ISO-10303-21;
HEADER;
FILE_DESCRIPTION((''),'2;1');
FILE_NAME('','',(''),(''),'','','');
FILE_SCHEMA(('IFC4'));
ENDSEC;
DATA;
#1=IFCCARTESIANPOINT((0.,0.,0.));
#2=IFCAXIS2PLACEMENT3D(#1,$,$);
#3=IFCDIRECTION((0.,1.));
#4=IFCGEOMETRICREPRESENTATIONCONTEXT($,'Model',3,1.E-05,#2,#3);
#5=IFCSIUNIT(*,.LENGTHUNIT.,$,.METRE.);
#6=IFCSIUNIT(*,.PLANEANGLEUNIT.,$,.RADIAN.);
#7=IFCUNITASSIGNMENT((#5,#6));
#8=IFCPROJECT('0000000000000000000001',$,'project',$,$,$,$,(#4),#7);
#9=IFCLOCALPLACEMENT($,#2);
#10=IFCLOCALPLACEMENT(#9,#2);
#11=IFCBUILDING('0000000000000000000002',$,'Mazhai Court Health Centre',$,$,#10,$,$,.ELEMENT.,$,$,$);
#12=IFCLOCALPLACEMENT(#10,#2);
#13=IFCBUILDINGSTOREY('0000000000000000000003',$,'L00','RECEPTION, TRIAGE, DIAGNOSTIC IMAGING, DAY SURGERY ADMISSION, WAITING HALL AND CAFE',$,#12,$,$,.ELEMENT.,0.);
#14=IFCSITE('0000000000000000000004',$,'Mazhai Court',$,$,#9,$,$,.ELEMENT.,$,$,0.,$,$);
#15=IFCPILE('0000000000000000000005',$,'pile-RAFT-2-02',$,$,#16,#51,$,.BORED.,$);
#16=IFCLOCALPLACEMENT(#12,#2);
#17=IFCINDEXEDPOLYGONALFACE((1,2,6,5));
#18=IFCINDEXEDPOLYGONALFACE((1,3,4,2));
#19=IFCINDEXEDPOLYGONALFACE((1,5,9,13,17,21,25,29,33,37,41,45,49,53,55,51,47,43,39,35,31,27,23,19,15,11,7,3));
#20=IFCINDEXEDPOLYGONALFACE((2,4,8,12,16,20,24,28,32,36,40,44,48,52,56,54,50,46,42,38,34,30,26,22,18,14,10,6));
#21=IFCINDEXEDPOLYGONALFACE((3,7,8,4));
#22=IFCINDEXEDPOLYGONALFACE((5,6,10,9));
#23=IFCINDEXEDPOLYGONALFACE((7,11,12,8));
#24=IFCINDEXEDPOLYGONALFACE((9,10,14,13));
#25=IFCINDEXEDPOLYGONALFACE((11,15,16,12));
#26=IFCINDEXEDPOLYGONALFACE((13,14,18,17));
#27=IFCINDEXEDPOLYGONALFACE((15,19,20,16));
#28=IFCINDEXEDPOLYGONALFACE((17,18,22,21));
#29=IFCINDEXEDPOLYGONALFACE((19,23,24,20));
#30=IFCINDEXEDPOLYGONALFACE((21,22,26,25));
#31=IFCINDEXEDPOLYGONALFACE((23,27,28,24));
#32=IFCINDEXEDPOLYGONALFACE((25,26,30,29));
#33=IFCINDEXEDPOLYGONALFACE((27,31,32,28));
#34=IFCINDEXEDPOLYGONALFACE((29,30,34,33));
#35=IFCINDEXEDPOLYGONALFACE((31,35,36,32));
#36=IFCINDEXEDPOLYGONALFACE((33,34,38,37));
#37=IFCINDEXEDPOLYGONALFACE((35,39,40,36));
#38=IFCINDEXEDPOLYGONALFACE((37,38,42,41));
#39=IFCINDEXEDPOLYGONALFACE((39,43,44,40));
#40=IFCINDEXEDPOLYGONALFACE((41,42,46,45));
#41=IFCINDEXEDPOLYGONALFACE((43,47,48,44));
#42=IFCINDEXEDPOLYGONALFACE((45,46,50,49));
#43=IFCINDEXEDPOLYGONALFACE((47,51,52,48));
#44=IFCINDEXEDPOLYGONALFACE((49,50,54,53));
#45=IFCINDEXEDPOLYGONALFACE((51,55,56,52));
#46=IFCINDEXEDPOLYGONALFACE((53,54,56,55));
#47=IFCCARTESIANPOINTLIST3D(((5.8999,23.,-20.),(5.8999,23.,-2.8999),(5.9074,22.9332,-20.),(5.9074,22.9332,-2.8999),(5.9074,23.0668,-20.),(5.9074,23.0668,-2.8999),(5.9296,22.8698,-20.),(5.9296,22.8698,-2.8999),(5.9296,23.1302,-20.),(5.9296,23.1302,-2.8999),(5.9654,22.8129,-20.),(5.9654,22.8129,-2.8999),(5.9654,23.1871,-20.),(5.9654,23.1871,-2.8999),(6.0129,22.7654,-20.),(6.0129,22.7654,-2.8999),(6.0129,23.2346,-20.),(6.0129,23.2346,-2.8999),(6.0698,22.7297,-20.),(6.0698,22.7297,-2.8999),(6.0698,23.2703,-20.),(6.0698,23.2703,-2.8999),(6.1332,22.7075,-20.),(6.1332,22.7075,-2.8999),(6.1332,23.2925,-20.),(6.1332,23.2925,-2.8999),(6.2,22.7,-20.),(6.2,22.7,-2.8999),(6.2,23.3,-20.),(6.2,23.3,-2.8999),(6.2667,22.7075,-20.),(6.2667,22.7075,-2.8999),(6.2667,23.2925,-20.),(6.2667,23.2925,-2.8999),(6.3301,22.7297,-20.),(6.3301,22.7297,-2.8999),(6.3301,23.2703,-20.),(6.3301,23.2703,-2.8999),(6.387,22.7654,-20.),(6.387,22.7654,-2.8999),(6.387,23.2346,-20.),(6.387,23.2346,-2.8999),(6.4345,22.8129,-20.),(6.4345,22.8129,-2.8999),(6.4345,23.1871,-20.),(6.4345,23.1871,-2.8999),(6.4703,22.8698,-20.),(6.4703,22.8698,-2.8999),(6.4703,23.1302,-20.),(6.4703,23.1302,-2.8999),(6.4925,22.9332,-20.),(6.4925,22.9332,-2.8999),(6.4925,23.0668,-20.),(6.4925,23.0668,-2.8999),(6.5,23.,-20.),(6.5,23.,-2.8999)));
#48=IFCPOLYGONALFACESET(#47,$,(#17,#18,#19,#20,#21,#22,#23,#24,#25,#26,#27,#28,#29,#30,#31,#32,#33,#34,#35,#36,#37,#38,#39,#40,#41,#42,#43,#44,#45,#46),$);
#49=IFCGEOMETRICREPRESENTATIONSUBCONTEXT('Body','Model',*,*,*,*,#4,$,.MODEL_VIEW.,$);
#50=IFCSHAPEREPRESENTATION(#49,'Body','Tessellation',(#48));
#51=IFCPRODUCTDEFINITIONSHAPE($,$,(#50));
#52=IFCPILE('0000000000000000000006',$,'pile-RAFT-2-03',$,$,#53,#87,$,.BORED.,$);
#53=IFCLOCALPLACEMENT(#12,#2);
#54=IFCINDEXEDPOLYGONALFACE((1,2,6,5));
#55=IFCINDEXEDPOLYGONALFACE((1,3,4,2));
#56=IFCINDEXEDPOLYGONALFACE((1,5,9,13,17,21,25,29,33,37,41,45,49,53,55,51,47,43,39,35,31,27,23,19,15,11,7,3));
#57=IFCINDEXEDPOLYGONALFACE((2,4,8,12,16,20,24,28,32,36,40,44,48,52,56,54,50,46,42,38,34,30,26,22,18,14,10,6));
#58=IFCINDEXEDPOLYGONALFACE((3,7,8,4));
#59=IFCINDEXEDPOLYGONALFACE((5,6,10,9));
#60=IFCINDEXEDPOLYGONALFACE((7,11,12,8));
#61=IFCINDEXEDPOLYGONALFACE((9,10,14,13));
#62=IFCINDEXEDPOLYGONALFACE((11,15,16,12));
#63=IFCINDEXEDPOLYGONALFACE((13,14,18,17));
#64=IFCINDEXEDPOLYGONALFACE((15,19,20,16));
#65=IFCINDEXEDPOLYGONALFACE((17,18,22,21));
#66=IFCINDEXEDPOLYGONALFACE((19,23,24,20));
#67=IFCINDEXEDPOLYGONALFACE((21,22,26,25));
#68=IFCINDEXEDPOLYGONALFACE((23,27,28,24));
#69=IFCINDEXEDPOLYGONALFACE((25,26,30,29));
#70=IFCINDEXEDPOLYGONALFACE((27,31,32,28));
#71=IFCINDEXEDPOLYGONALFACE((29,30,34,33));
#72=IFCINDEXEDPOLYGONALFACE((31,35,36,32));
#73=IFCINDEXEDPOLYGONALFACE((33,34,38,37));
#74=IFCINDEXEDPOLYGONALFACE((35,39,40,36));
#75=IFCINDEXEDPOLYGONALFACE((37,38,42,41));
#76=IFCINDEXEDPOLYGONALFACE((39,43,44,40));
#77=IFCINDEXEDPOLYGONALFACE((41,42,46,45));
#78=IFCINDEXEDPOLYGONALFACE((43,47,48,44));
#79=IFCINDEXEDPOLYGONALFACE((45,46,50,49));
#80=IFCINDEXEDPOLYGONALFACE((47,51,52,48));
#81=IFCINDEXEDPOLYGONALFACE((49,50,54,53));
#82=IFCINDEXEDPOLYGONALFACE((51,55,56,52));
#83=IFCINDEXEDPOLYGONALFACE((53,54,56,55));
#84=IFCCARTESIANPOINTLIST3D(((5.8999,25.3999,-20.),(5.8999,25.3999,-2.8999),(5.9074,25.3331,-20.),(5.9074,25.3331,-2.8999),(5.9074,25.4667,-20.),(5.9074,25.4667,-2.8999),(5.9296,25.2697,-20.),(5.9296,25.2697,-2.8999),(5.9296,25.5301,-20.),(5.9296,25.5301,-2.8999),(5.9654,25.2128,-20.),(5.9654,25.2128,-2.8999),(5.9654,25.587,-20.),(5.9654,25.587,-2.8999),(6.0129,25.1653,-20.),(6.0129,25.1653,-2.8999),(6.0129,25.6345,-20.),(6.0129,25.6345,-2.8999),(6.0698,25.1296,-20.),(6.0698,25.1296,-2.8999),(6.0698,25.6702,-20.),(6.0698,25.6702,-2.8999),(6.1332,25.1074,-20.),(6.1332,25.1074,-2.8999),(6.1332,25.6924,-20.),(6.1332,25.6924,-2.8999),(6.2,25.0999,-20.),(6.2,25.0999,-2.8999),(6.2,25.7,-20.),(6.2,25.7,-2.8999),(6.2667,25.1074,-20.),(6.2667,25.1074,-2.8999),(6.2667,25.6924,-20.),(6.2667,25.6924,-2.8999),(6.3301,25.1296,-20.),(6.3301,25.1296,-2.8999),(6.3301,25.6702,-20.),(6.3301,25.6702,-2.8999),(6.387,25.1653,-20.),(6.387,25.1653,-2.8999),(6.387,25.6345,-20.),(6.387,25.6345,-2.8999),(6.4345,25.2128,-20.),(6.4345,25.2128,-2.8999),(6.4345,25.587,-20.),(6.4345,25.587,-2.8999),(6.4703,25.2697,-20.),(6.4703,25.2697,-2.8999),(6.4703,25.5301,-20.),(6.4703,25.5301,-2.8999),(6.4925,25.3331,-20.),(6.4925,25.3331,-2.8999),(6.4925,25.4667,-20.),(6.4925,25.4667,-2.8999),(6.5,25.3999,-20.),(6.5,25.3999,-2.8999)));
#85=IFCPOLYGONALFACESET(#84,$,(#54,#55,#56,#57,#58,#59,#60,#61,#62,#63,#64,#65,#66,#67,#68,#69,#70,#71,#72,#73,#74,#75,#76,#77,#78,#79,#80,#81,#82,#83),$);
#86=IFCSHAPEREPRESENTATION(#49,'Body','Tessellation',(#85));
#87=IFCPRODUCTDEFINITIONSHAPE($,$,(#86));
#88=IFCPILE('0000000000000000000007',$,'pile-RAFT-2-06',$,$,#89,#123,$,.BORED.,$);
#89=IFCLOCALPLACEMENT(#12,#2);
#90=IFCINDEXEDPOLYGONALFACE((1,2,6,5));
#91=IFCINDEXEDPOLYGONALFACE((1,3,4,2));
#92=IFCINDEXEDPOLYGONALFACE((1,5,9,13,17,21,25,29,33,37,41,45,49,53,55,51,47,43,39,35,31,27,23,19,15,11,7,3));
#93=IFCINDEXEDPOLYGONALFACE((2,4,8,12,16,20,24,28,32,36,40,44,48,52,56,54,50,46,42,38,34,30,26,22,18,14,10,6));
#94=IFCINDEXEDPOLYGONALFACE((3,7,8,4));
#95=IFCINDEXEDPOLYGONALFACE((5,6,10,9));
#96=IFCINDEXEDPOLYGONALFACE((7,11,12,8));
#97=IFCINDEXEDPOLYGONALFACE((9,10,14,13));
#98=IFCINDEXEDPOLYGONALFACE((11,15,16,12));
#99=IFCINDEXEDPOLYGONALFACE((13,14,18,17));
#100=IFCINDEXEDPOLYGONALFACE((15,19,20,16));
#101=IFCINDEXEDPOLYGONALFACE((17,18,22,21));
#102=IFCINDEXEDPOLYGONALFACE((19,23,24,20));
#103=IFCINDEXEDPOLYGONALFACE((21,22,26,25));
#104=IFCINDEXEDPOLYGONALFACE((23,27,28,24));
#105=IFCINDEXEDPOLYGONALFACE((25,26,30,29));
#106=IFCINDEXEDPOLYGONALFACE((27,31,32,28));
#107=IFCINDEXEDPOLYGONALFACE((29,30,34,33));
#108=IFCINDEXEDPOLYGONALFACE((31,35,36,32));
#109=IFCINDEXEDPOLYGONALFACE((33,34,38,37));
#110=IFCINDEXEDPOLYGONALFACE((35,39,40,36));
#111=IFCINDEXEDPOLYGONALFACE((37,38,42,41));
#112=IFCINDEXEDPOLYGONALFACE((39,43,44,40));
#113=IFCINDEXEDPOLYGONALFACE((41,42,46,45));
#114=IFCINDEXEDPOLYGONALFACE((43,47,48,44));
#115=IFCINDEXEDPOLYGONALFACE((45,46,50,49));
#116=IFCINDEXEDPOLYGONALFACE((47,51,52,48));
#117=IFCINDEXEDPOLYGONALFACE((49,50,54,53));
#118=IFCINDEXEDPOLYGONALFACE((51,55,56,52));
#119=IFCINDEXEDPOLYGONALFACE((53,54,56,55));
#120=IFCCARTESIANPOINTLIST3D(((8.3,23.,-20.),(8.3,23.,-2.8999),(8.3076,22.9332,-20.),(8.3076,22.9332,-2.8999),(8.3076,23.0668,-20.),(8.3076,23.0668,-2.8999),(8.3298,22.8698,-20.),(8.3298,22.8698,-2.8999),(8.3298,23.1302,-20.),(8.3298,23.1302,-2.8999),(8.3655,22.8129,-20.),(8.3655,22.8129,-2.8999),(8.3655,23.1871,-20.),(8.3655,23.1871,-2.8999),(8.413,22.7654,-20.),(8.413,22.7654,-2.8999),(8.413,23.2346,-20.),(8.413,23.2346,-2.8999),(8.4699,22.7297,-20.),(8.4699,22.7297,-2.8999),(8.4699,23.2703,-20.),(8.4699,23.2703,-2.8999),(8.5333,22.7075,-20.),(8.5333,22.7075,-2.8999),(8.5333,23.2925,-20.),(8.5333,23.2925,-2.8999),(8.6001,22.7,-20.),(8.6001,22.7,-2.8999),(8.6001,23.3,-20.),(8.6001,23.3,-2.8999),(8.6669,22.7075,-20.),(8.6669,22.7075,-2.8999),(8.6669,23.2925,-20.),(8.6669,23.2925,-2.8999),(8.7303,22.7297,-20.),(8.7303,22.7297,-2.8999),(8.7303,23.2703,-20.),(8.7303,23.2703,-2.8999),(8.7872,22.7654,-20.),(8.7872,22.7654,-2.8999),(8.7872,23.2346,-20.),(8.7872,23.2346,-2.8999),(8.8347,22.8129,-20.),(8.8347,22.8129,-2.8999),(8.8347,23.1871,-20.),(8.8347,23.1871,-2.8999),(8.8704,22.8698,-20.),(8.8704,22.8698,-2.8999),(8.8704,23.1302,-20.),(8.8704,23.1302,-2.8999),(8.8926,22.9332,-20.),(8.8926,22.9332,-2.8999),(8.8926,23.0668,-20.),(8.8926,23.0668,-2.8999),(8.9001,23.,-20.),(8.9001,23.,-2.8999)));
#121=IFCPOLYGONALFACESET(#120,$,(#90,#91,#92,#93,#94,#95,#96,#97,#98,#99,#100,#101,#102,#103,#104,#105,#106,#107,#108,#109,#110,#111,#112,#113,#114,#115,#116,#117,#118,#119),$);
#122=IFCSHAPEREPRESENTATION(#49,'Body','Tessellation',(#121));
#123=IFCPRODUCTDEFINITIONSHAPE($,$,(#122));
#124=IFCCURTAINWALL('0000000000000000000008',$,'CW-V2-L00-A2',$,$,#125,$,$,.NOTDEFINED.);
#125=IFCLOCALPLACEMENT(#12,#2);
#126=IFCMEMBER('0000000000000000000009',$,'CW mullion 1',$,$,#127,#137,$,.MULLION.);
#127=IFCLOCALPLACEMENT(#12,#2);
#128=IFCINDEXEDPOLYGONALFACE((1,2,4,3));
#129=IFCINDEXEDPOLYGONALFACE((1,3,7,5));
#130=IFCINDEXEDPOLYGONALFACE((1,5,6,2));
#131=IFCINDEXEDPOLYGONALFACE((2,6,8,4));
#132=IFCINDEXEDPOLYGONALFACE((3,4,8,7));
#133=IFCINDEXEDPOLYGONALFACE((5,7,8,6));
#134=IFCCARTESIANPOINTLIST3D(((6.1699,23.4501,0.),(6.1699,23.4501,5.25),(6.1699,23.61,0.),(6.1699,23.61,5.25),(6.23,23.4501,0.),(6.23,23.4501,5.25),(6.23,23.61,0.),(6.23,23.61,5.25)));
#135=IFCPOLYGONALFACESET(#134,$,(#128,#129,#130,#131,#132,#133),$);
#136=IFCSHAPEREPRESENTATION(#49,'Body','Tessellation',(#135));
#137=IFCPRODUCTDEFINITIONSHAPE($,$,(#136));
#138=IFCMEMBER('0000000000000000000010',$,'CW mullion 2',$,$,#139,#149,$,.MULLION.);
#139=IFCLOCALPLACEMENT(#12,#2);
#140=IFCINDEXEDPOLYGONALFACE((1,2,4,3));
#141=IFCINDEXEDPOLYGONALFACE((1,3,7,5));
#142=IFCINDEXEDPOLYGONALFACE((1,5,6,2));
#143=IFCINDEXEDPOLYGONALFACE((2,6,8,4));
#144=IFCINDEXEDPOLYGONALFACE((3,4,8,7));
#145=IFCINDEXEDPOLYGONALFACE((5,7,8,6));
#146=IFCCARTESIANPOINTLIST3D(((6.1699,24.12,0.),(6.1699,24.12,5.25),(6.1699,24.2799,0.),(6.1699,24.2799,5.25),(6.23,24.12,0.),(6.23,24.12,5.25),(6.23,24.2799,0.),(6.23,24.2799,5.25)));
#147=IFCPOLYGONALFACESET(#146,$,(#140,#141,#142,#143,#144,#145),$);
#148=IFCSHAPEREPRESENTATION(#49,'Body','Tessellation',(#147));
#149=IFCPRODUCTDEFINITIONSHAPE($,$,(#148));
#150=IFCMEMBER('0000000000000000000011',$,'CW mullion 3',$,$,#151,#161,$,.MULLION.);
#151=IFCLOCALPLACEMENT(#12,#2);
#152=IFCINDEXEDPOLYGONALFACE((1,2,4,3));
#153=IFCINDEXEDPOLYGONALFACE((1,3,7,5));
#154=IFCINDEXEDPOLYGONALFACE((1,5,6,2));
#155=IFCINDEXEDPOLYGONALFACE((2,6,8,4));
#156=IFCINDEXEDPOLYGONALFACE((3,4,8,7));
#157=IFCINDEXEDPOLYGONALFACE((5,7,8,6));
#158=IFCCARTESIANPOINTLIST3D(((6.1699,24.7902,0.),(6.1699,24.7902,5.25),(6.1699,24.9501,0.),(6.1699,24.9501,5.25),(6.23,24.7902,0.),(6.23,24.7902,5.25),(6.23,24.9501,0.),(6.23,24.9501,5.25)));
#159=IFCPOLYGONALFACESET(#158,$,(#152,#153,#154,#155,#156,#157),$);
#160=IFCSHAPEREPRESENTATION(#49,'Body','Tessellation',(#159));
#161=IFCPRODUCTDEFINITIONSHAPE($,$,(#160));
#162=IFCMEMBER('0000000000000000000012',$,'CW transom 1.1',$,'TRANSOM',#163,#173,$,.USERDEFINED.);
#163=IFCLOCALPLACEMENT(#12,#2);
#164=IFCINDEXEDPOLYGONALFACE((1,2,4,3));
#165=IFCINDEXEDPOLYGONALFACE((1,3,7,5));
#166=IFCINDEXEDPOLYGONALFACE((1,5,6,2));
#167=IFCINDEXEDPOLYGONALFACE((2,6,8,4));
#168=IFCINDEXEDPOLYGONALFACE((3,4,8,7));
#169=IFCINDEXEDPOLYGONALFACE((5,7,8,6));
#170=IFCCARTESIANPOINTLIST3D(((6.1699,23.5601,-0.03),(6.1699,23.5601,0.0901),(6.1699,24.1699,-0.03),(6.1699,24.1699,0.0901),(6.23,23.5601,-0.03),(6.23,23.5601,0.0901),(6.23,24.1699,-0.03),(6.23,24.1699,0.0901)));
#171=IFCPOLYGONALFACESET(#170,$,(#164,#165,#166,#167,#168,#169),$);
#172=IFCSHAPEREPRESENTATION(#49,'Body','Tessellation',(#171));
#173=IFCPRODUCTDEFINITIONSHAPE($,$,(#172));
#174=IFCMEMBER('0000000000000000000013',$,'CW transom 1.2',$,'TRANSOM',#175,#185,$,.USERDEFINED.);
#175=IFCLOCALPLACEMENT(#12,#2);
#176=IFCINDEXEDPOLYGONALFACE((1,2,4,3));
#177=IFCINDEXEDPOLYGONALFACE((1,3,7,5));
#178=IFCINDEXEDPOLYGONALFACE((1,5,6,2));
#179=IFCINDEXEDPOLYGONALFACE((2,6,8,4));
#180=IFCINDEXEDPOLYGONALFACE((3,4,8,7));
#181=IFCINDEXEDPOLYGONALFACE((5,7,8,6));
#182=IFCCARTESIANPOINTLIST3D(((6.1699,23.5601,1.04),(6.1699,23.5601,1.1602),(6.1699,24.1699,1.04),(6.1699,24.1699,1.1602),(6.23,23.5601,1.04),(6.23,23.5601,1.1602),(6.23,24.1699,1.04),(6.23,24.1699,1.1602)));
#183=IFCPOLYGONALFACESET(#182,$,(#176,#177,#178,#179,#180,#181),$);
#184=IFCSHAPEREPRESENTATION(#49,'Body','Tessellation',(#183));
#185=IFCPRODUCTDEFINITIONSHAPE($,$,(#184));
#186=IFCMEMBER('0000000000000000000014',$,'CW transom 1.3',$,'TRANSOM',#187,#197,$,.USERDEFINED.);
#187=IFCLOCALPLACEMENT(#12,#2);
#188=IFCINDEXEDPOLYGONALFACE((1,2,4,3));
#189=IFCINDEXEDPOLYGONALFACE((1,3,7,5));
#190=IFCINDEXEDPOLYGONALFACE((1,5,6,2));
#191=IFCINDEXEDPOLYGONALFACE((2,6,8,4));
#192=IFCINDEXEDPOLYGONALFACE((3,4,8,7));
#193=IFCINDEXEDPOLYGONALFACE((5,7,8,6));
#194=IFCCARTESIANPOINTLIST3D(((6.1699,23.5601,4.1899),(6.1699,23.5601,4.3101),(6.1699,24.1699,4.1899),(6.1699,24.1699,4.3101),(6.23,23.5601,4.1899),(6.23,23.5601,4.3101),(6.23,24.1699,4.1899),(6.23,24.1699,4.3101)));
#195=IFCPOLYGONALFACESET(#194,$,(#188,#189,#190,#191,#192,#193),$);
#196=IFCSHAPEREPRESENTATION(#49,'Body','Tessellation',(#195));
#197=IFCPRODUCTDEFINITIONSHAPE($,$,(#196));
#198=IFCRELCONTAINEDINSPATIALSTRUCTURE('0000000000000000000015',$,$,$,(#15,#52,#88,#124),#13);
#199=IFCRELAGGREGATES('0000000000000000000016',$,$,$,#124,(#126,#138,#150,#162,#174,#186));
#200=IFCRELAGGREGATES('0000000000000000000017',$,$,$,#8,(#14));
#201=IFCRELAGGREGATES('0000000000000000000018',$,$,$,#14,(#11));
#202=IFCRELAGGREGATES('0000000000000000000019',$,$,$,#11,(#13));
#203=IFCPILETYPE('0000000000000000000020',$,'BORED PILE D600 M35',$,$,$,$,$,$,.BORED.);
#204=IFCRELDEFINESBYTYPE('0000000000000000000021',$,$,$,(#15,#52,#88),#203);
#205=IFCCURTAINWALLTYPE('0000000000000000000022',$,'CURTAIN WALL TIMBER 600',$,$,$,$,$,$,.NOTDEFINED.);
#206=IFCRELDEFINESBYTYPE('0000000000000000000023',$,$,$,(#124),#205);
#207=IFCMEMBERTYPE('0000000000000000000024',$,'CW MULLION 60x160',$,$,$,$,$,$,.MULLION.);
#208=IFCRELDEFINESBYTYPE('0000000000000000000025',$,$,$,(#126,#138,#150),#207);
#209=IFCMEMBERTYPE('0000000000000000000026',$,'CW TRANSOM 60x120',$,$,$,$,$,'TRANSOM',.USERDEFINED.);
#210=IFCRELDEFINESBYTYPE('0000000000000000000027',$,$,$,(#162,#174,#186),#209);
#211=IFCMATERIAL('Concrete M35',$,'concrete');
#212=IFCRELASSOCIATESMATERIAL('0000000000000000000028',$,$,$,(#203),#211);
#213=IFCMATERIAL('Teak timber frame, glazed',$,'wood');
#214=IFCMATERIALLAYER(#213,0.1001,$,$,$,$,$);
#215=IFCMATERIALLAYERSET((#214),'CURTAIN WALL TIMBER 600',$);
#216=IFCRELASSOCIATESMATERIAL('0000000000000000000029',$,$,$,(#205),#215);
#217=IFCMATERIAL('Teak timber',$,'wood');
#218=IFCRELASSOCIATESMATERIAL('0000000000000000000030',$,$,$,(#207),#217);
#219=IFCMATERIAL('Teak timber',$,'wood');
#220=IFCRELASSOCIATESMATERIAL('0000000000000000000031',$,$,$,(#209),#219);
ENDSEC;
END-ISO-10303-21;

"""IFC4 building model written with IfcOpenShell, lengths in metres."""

from ifc_helpers import new_model, si_unit, direction, frame, origin, origin_2d, place, context, subcontext, project, spatial, rectangle, circle, extrude, material, layer, layer_set, material_profile, profile_set, type_object, element, aggregate, save


model = new_model("IFC4")

# Units and contexts
model_context = context("Model", 3, precision=1e-05, world=origin(), true_north=direction((0.0, 1.0)))
body_context = subcontext(model_context, "Body", "Model", "MODEL_VIEW")
ifc_project = project(units=[si_unit("LENGTHUNIT", "METRE"), si_unit("PLANEANGLEUNIT", "RADIAN")], contexts=[model_context])

# Site, building, storey
site_placement = place(None, origin())
site = spatial("IfcSite", under=ifc_project, at=site_placement, Name="Mazhai Court", CompositionType="ELEMENT", RefElevation=0.0)
building_placement = place(site_placement, origin())
building = spatial("IfcBuilding", under=site, at=building_placement, Name="Mazhai Court Health Centre", CompositionType="ELEMENT")
storey_placement = place(building_placement, origin())
storey = spatial("IfcBuildingStorey", under=building, at=storey_placement, Name="L00", Description="RECEPTION, TRIAGE, DIAGNOSTIC IMAGING, DAY SURGERY ADMISSION, WAITING HALL AND CAFE", CompositionType="ELEMENT", Elevation=0.0)

# Piles
ifc_material_1 = material(Name="Concrete M35", Category="concrete")
ifc_material_profile_1 = material_profile(ifc_material_1, circle(Radius=0.3, at=origin_2d()), Name="RC PILE D600")
ifc_profile_set_1 = profile_set([ifc_material_profile_1], Name="Concrete M35")
pile_type = type_object("IfcPileType", Name="BORED PILE D600 M35", PredefinedType="BORED", material=ifc_profile_set_1)
for number, where, z_axis, x_axis, name in (
    (1, (6.2, 23.0, -2.8999), (0.0, 0.0, -1.0), (1.0, 0.0, 0.0), "pile-RAFT-2-02"),
    (2, (6.2, 25.3999, -2.8999), (0.0, 0.0, -1.0), (1.0, 0.0, 0.0), "pile-RAFT-2-03"),
    (3, (8.6001, 23.0, -2.8999), (0.0, 0.0, -1.0), (1.0, 0.0, 0.0), "pile-RAFT-2-06"),
):
    element("IfcPile", number, at=place(storey_placement, frame(where, z_axis=z_axis, x_axis=x_axis)), inside=storey, type_object=pile_type, Name=name, PredefinedType="BORED", context=body_context, shape_type="SweptSolid", body=[
        extrude(circle(Radius=0.3, at=origin_2d()), origin(), (0.0, 0.0, 1.0), 17.1001),
    ])

# Curtain wall, members
ifc_material_2 = material(Name="Teak timber frame, glazed", Category="wood")
ifc_layer_1 = layer(ifc_material_2, 0.1001)
ifc_layer_set_1 = layer_set([ifc_layer_1], Name="CURTAIN WALL TIMBER 600")
curtain_wall_type = type_object("IfcCurtainWallType", Name="CURTAIN WALL TIMBER 600", PredefinedType="NOTDEFINED", material=ifc_layer_set_1)
curtain_wall_placement = place(storey_placement, origin())
curtain_wall = element("IfcCurtainWall", 4, at=curtain_wall_placement, inside=storey, type_object=curtain_wall_type, Name="CW-V2-L00-A2", PredefinedType="NOTDEFINED")
ifc_material_3 = material(Name="Teak timber", Category="wood")
ifc_material_profile_2 = material_profile(ifc_material_3, rectangle(XDim=0.0601, YDim=0.1599, at=origin_2d()), Name="CW MULLION 60x160")
ifc_profile_set_2 = profile_set([ifc_material_profile_2], Name="Teak timber")
member_type_1 = type_object("IfcMemberType", Name="CW MULLION 60x160", PredefinedType="MULLION", material=ifc_profile_set_2)
member_1_placement = place(storey_placement, frame((6.2, 23.53, 0.0), z_axis=(0.0, 0.0, 1.0), x_axis=(-1.0, 0.0, 0.0)))
member_1 = element("IfcMember", 5, at=member_1_placement, type_object=member_type_1, Name="CW mullion 1", PredefinedType="MULLION", context=body_context, shape_type="SweptSolid", body=[
    extrude(rectangle(XDim=0.0601, YDim=0.1599, at=origin_2d()), origin(), (0.0, 0.0, 1.0), 5.25),
])
member_2_placement = place(storey_placement, frame((6.2, 24.2, 0.0), z_axis=(0.0, 0.0, 1.0), x_axis=(-1.0, 0.0, 0.0)))
member_2 = element("IfcMember", 6, at=member_2_placement, type_object=member_type_1, Name="CW mullion 2", PredefinedType="MULLION", context=body_context, shape_type="SweptSolid", body=[
    extrude(rectangle(XDim=0.0601, YDim=0.1599, at=origin_2d()), origin(), (0.0, 0.0, 1.0), 5.25),
])
member_3_placement = place(storey_placement, frame((6.2, 24.8701, 0.0), z_axis=(0.0, 0.0, 1.0), x_axis=(-1.0, 0.0, 0.0)))
member_3 = element("IfcMember", 7, at=member_3_placement, type_object=member_type_1, Name="CW mullion 3", PredefinedType="MULLION", context=body_context, shape_type="SweptSolid", body=[
    extrude(rectangle(XDim=0.0601, YDim=0.1599, at=origin_2d()), origin(), (0.0, 0.0, 1.0), 5.25),
])
ifc_material_4 = material(Name="Teak timber", Category="wood")
ifc_material_profile_3 = material_profile(ifc_material_4, rectangle(XDim=0.0601, YDim=0.1201, at=origin_2d()), Name="CW TRANSOM 60x120")
ifc_profile_set_3 = profile_set([ifc_material_profile_3], Name="Teak timber")
member_type_2 = type_object("IfcMemberType", Name="CW TRANSOM 60x120", ElementType="TRANSOM", PredefinedType="USERDEFINED", material=ifc_profile_set_3)
member_4_placement = place(storey_placement, frame((6.2, 23.5601, 0.03), z_axis=(0.0, 1.0, 0.0), x_axis=(-1.0, 0.0, 0.0)))
member_4 = element("IfcMember", 8, at=member_4_placement, type_object=member_type_2, Name="CW transom 1.1", ObjectType="TRANSOM", PredefinedType="USERDEFINED", context=body_context, shape_type="SweptSolid", body=[
    extrude(rectangle(XDim=0.0601, YDim=0.1201, at=origin_2d()), origin(), (0.0, 0.0, 1.0), 0.6099),
])
member_5_placement = place(storey_placement, frame((6.2, 23.5601, 1.1001), z_axis=(0.0, 1.0, 0.0), x_axis=(-1.0, 0.0, 0.0)))
member_5 = element("IfcMember", 9, at=member_5_placement, type_object=member_type_2, Name="CW transom 1.2", ObjectType="TRANSOM", PredefinedType="USERDEFINED", context=body_context, shape_type="SweptSolid", body=[
    extrude(rectangle(XDim=0.0601, YDim=0.1201, at=origin_2d()), origin(), (0.0, 0.0, 1.0), 0.6099),
])
member_6_placement = place(storey_placement, frame((6.2, 23.5601, 4.25), z_axis=(0.0, 1.0, 0.0), x_axis=(-1.0, 0.0, 0.0)))
member_6 = element("IfcMember", 10, at=member_6_placement, type_object=member_type_2, Name="CW transom 1.3", ObjectType="TRANSOM", PredefinedType="USERDEFINED", context=body_context, shape_type="SweptSolid", body=[
    extrude(rectangle(XDim=0.0601, YDim=0.1201, at=origin_2d()), origin(), (0.0, 0.0, 1.0), 0.6099),
])
aggregate(curtain_wall, [member_1, member_2, member_3, member_4, member_5, member_6])

save(model, "model.ifc")
